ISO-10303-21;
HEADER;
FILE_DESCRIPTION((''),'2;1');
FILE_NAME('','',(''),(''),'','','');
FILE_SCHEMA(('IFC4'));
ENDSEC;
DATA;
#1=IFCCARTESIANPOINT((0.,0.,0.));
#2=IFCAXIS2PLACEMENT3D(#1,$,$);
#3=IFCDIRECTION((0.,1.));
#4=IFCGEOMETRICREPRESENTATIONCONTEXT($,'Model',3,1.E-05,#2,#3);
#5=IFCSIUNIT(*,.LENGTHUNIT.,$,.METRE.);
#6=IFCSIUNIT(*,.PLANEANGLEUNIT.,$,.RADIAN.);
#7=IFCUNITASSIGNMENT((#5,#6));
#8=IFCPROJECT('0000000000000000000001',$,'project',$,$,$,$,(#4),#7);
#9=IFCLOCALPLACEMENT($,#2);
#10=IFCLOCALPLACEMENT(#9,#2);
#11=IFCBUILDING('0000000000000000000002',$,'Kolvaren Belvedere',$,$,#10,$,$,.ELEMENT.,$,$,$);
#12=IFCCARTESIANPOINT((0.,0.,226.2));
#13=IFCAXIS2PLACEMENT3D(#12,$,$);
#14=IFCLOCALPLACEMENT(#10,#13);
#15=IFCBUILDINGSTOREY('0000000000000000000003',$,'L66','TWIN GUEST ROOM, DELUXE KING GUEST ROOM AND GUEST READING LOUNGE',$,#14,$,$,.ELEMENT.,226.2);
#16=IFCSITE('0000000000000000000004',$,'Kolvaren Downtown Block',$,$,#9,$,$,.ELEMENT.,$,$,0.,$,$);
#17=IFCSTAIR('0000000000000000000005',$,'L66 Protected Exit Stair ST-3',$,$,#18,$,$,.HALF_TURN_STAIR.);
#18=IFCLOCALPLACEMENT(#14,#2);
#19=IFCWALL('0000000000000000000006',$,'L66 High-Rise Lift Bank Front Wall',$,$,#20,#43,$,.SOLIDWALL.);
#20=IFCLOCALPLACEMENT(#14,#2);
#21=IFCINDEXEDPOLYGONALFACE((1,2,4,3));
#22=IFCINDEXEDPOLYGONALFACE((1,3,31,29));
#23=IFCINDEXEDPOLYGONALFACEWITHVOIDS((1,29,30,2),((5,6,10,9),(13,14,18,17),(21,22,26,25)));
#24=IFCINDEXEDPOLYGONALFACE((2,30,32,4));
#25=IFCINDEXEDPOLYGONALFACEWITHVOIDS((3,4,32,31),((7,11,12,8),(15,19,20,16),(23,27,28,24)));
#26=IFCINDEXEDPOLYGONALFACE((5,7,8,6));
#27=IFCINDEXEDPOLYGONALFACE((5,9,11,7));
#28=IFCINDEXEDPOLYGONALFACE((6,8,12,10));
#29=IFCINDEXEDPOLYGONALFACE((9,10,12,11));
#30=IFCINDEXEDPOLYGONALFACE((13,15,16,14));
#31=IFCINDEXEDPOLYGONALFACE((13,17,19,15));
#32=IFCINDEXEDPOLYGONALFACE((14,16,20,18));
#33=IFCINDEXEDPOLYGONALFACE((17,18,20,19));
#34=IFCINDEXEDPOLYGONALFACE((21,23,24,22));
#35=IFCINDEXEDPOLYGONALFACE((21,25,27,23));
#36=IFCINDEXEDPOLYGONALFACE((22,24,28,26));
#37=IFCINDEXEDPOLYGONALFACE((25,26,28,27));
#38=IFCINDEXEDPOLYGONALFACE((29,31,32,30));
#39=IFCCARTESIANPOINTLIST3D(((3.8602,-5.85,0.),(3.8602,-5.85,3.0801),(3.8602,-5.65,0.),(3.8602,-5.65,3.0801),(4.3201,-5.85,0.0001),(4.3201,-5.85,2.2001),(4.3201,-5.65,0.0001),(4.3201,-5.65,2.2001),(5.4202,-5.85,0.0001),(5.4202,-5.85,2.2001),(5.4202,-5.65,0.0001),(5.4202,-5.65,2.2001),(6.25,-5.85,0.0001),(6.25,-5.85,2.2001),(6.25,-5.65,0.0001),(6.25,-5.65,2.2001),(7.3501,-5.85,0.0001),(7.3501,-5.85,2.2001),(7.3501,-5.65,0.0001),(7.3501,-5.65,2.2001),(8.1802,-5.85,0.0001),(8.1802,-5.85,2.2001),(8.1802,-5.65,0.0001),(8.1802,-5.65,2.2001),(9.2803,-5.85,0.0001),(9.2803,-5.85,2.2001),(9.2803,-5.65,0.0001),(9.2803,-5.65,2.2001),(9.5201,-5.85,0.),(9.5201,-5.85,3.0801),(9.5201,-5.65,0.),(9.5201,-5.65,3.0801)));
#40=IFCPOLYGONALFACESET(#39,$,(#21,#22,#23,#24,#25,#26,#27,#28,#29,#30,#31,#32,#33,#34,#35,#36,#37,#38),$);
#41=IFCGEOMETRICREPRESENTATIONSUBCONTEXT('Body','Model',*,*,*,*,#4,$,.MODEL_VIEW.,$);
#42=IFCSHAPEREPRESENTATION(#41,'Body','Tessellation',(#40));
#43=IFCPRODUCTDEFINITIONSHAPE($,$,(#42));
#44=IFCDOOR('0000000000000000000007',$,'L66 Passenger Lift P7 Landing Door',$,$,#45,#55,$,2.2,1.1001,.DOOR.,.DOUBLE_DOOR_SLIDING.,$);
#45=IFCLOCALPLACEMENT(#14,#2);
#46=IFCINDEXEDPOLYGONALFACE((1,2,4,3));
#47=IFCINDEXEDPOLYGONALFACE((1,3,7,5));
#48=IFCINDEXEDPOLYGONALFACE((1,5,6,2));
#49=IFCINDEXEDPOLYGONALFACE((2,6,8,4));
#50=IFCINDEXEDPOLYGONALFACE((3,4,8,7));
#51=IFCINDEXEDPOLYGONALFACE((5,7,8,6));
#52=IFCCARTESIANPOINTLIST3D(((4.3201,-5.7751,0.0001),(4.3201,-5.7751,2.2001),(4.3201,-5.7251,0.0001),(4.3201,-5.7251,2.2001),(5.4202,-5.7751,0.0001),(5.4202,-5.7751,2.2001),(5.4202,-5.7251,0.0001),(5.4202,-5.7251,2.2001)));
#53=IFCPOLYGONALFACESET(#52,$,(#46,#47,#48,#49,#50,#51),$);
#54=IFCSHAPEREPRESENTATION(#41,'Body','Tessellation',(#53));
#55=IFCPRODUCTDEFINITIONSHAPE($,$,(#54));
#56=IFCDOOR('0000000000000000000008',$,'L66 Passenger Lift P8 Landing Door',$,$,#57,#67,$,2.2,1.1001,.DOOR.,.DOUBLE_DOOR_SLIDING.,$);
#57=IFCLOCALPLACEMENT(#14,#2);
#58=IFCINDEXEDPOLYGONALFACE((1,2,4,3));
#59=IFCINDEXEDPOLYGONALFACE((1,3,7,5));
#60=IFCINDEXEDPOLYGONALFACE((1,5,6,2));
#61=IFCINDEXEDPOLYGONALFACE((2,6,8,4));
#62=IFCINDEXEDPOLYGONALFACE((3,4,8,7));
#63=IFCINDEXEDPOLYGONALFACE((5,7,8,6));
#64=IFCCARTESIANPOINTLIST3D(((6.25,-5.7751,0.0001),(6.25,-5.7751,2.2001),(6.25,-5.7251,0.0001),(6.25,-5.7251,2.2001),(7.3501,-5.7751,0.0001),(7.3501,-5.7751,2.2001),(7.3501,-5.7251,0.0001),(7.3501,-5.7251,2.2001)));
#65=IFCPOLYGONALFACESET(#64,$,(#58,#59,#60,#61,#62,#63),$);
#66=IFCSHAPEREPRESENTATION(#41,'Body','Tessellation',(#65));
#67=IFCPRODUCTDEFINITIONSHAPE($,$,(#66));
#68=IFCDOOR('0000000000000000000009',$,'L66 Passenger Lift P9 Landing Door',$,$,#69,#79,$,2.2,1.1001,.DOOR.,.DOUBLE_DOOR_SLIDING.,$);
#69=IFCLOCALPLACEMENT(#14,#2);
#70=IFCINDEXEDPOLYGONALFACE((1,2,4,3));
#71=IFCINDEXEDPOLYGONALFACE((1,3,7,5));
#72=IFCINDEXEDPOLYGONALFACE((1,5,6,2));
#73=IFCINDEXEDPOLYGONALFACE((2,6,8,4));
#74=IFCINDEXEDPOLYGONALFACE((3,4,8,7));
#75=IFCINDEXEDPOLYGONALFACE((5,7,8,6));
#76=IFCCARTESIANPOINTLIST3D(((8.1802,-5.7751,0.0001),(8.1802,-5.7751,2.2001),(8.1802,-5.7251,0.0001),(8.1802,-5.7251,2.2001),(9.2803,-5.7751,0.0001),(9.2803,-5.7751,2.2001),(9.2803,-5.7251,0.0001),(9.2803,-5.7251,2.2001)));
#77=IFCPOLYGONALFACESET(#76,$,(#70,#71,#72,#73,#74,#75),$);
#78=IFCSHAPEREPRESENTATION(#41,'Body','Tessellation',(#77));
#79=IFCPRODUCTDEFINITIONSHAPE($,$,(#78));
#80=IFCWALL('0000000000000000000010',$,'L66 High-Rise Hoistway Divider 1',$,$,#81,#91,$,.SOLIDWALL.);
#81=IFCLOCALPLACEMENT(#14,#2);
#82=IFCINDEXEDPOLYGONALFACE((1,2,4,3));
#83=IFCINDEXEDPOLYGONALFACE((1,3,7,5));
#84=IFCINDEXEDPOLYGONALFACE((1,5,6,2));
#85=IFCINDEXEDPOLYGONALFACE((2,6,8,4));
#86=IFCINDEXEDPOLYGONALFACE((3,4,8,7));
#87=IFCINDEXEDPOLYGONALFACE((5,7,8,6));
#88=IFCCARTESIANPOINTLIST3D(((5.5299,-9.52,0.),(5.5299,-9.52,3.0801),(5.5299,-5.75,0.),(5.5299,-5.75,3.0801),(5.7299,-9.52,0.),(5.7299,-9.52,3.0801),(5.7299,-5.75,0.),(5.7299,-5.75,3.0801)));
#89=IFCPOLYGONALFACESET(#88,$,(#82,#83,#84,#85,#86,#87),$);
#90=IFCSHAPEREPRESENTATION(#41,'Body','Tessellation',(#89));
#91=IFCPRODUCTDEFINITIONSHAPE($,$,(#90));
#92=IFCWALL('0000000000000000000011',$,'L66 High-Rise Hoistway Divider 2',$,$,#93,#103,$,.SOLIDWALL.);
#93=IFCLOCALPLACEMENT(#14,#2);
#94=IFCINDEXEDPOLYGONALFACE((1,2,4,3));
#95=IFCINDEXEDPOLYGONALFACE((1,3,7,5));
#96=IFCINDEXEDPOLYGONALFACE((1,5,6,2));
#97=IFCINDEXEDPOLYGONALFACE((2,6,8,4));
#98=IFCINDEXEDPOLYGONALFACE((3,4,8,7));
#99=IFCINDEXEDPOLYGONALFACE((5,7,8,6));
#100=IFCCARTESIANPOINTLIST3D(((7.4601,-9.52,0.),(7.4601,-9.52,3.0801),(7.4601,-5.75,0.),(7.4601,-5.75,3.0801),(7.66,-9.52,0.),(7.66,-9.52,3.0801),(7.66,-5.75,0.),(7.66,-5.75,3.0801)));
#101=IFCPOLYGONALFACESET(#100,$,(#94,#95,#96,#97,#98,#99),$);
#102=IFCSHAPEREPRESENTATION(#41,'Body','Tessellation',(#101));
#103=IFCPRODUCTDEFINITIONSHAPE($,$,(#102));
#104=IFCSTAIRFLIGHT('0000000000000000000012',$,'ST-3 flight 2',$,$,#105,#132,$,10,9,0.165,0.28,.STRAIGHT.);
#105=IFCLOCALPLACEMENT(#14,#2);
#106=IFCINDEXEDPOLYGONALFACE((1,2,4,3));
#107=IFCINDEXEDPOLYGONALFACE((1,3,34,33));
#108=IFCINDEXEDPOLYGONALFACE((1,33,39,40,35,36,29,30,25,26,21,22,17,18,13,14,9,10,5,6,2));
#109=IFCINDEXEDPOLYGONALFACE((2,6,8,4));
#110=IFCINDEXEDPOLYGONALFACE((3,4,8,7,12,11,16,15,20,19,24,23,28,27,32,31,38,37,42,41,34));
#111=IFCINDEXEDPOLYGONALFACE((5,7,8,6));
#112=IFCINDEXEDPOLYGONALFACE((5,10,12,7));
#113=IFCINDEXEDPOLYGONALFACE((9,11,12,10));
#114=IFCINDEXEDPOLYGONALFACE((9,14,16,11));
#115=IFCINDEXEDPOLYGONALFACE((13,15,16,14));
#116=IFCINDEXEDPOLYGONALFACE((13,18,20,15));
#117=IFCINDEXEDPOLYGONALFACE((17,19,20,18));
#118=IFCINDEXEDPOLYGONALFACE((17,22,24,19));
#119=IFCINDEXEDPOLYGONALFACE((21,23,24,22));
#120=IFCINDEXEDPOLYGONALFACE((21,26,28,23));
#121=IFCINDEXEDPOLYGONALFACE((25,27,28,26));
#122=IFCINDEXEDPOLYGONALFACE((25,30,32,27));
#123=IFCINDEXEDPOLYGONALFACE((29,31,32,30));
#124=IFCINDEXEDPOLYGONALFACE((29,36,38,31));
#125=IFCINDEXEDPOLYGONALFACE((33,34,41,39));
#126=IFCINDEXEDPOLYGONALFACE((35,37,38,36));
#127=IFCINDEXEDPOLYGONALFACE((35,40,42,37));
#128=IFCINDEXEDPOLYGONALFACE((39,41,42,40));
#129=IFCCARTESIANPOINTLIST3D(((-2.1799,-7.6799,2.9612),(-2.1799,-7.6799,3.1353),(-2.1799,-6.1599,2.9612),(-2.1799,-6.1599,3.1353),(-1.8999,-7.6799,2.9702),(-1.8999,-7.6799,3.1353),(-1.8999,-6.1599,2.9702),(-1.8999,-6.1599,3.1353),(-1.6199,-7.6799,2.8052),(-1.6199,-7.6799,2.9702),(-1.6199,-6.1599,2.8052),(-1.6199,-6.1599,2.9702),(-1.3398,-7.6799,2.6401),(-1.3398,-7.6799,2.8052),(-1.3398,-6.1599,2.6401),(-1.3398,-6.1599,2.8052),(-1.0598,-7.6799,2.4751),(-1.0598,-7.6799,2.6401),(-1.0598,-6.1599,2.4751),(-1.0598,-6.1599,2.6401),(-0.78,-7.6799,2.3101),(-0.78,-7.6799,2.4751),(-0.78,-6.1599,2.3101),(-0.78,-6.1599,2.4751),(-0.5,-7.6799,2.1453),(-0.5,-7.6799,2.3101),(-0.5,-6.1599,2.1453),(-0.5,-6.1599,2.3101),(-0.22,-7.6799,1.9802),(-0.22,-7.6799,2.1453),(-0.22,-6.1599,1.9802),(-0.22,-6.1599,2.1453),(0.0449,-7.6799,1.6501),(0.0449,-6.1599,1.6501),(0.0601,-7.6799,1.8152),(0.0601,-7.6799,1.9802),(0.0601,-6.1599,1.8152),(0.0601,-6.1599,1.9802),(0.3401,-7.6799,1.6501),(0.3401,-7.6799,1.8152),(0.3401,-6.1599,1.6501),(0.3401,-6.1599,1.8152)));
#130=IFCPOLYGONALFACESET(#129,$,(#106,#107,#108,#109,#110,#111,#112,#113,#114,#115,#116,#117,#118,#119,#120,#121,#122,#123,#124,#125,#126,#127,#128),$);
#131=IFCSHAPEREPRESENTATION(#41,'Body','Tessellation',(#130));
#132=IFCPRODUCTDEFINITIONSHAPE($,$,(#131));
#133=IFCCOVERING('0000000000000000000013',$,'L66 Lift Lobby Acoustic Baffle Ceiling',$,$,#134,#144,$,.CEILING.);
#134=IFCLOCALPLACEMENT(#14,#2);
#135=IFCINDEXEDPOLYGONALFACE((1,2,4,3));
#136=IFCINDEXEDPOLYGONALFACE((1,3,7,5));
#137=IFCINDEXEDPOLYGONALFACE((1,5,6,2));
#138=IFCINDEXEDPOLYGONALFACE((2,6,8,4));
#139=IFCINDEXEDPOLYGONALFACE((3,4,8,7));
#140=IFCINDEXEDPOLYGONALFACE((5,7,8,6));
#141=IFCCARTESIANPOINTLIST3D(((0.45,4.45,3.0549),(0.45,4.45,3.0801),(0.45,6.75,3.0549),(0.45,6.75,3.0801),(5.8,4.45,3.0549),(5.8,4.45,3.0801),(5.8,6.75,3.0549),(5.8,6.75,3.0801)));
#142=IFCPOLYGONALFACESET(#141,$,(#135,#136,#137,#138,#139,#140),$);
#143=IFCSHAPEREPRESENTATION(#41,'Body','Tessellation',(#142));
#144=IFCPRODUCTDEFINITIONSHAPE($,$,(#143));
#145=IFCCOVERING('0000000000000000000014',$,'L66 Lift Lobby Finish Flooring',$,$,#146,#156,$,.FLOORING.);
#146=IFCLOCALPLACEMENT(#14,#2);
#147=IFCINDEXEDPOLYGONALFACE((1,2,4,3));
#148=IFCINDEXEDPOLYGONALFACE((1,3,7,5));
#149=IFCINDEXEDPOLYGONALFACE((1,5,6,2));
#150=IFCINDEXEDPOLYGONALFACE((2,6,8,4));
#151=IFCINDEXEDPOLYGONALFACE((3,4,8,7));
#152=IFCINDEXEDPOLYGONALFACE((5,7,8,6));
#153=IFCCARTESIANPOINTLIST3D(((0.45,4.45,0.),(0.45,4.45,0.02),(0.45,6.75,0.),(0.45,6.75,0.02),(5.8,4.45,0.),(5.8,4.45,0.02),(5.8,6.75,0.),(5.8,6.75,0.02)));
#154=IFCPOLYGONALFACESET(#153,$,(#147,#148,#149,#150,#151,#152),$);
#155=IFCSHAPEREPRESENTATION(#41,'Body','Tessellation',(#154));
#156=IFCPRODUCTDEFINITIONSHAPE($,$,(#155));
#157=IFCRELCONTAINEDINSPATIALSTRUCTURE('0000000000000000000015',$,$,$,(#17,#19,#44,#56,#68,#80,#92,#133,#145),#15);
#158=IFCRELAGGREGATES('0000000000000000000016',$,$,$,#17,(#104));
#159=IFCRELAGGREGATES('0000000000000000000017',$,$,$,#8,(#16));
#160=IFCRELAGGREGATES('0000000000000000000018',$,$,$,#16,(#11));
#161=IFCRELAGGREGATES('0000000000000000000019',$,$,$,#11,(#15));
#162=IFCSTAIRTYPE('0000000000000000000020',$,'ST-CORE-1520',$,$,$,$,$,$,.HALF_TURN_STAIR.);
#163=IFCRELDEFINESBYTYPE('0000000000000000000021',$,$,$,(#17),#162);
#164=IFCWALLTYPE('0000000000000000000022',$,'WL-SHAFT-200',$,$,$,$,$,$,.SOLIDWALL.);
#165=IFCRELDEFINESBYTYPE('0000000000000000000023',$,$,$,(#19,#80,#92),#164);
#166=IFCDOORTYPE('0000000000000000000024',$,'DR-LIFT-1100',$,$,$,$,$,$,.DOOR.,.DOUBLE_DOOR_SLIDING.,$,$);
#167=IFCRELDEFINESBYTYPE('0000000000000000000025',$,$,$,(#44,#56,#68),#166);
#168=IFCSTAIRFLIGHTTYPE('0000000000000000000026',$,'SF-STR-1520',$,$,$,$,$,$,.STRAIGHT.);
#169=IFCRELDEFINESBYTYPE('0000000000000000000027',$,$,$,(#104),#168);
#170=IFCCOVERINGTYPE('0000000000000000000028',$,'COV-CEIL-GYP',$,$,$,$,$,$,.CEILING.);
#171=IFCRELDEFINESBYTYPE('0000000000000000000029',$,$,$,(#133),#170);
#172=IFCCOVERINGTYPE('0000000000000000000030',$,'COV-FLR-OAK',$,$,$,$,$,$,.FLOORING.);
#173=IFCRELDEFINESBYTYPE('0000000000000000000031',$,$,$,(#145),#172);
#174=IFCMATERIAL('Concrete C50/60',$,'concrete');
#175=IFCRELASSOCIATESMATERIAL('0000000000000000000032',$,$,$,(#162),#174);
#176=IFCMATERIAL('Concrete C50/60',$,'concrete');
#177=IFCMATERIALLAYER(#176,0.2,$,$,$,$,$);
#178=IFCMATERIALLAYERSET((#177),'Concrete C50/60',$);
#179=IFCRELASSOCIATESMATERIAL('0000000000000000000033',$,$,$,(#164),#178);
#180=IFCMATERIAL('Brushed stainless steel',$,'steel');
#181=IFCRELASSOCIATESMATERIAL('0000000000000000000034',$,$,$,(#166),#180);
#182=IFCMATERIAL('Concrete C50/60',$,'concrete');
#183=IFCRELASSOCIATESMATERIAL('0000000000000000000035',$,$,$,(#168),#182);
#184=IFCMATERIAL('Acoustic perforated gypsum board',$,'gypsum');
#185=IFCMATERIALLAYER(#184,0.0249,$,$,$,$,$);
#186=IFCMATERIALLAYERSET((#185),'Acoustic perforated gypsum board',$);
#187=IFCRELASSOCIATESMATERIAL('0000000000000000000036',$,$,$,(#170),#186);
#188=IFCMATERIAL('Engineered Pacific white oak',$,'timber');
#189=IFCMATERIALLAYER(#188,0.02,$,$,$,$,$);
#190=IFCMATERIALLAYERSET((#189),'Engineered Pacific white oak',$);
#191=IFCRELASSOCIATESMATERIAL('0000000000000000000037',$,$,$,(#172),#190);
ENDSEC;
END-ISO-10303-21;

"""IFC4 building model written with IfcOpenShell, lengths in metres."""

from ifc_helpers import new_model, si_unit, direction, frame, frame_2d, origin, place, context, subcontext, project, spatial, polyline, rectangle, outline, extrude, material, layer, layer_set, type_object, element, fill, aggregate, save


model = new_model("IFC4")

# Units and contexts
model_context = context("Model", 3, precision=1e-05, world=origin(), true_north=direction((0.0, 1.0)))
body_context = subcontext(model_context, "Body", "Model", "MODEL_VIEW")
ifc_project = project(units=[si_unit("LENGTHUNIT", "METRE"), si_unit("PLANEANGLEUNIT", "RADIAN")], contexts=[model_context])

# Site, building, storey
site_placement = place(None, origin())
site = spatial("IfcSite", under=ifc_project, at=site_placement, Name="Kolvaren Downtown Block", CompositionType="ELEMENT", RefElevation=0.0)
building_placement = place(site_placement, origin())
building = spatial("IfcBuilding", under=site, at=building_placement, Name="Kolvaren Belvedere", CompositionType="ELEMENT")
storey_placement = place(building_placement, frame((0.0, 0.0, 226.2)))
storey = spatial("IfcBuildingStorey", under=building, at=storey_placement, Name="L66", Description="TWIN GUEST ROOM, DELUXE KING GUEST ROOM AND GUEST READING LOUNGE", CompositionType="ELEMENT", Elevation=226.2)

# Stair
ifc_material_1 = material(Name="Concrete C50/60", Category="concrete")
stair_type = type_object("IfcStairType", Name="ST-CORE-1520", PredefinedType="HALF_TURN_STAIR", material=ifc_material_1)
stair_1_placement = place(storey_placement, origin())
stair_1 = element("IfcStair", 1, at=stair_1_placement, inside=storey, type_object=stair_type, Name="L66 Protected Exit Stair ST-3", PredefinedType="HALF_TURN_STAIR")

# Shared definitions
ifc_material_2 = material(Name="Concrete C50/60", Category="concrete")
ifc_layer_1 = layer(ifc_material_2, 0.2)
ifc_layer_set_1 = layer_set([ifc_layer_1], Name="Concrete C50/60")
wall_type_1 = type_object("IfcWallType", Name="WL-SHAFT-200", PredefinedType="SOLIDWALL", material=ifc_layer_set_1)
ifc_material_3 = material(Name="Brushed stainless steel", Category="steel")
door_type_1 = type_object("IfcDoorType", Name="DR-LIFT-1100", OperationType="DOUBLE_DOOR_SLIDING", PredefinedType="DOOR", material=ifc_material_3)

# Wall, openings, doors
wall_1_placement = place(storey_placement, frame((3.8601, -5.75, 0.0), z_axis=(0.0, 0.0, 1.0), x_axis=(1.0, 0.0, 0.0)))
wall_1 = element("IfcWall", 2, at=wall_1_placement, inside=storey, type_object=wall_type_1, Name="L66 High-Rise Lift Bank Front Wall", PredefinedType="SOLIDWALL", context=body_context, shape_type="SweptSolid", body=[
    extrude(rectangle(XDim=5.6599, YDim=0.2, at=frame_2d((2.8301, 0.0))), origin(), (0.0, 0.0, 1.0), 3.0801),
])
opening_1_placement = place(wall_1_placement, frame((0.46, 0.0, 0.0)))
opening_1 = element("IfcOpeningElement", 3, at=opening_1_placement, cuts=wall_1, PredefinedType="OPENING", context=body_context, shape_type="SweptSolid", body=[
    extrude(rectangle(XDim=1.1001, YDim=2.2, at=frame_2d((0.55, 1.1001))), frame((0.0, 0.1099, 0.0), z_axis=(0.0, -1.0, 0.0), x_axis=(1.0, 0.0, 0.0)), (0.0, 0.0, 1.0), 0.22),
])
opening_2_placement = place(wall_1_placement, frame((2.3899, 0.0, 0.0)))
opening_2 = element("IfcOpeningElement", 4, at=opening_2_placement, cuts=wall_1, PredefinedType="OPENING", context=body_context, shape_type="SweptSolid", body=[
    extrude(rectangle(XDim=1.1001, YDim=2.2, at=frame_2d((0.55, 1.1001))), frame((0.0, 0.1099, 0.0), z_axis=(0.0, -1.0, 0.0), x_axis=(1.0, 0.0, 0.0)), (0.0, 0.0, 1.0), 0.22),
])
opening_3_placement = place(wall_1_placement, frame((4.3201, 0.0, 0.0)))
opening_3 = element("IfcOpeningElement", 5, at=opening_3_placement, cuts=wall_1, PredefinedType="OPENING", context=body_context, shape_type="SweptSolid", body=[
    extrude(rectangle(XDim=1.1001, YDim=2.2, at=frame_2d((0.55, 1.1001))), frame((0.0, 0.1099, 0.0), z_axis=(0.0, -1.0, 0.0), x_axis=(1.0, 0.0, 0.0)), (0.0, 0.0, 1.0), 0.22),
])
door_1_placement = place(opening_1_placement, origin())
door_1 = element("IfcDoor", 6, at=door_1_placement, inside=storey, type_object=door_type_1, Name="L66 Passenger Lift P7 Landing Door", OperationType="DOUBLE_DOOR_SLIDING", OverallHeight=2.2, OverallWidth=1.1001, PredefinedType="DOOR", context=body_context, shape_type="SweptSolid", body=[
    extrude(rectangle(XDim=1.1001, YDim=2.2, at=frame_2d((0.55, 1.1001))), frame((0.0, 0.0249, 0.0), z_axis=(0.0, -1.0, 0.0), x_axis=(1.0, 0.0, 0.0)), (0.0, 0.0, 1.0), 0.05),
])
fill(opening_1, door_1)
door_2_placement = place(opening_2_placement, origin())
door_2 = element("IfcDoor", 7, at=door_2_placement, inside=storey, type_object=door_type_1, Name="L66 Passenger Lift P8 Landing Door", OperationType="DOUBLE_DOOR_SLIDING", OverallHeight=2.2, OverallWidth=1.1001, PredefinedType="DOOR", context=body_context, shape_type="SweptSolid", body=[
    extrude(rectangle(XDim=1.1001, YDim=2.2, at=frame_2d((0.55, 1.1001))), frame((0.0, 0.0249, 0.0), z_axis=(0.0, -1.0, 0.0), x_axis=(1.0, 0.0, 0.0)), (0.0, 0.0, 1.0), 0.05),
])
fill(opening_2, door_2)
door_3_placement = place(opening_3_placement, origin())
door_3 = element("IfcDoor", 8, at=door_3_placement, inside=storey, type_object=door_type_1, Name="L66 Passenger Lift P9 Landing Door", OperationType="DOUBLE_DOOR_SLIDING", OverallHeight=2.2, OverallWidth=1.1001, PredefinedType="DOOR", context=body_context, shape_type="SweptSolid", body=[
    extrude(rectangle(XDim=1.1001, YDim=2.2, at=frame_2d((0.55, 1.1001))), frame((0.0, 0.0249, 0.0), z_axis=(0.0, -1.0, 0.0), x_axis=(1.0, 0.0, 0.0)), (0.0, 0.0, 1.0), 0.05),
])
fill(opening_3, door_3)

# Walls
for number, where, z_axis, x_axis, name in (
    (9, (5.6299, -9.52, 0.0), (0.0, 0.0, 1.0), (0.0, 1.0, 0.0), "L66 High-Rise Hoistway Divider 1"),
    (10, (7.5601, -9.52, 0.0), (0.0, 0.0, 1.0), (0.0, 1.0, 0.0), "L66 High-Rise Hoistway Divider 2"),
):
    element("IfcWall", number, at=place(storey_placement, frame(where, z_axis=z_axis, x_axis=x_axis)), inside=storey, type_object=wall_type_1, Name=name, PredefinedType="SOLIDWALL", context=body_context, shape_type="SweptSolid", body=[
        extrude(rectangle(XDim=3.77, YDim=0.2, at=frame_2d((1.885, 0.0))), origin(), (0.0, 0.0, 1.0), 3.0801),
    ])

# Stair flight
ifc_material_4 = material(Name="Concrete C50/60", Category="concrete")
stair_flight_type = type_object("IfcStairFlightType", Name="SF-STR-1520", PredefinedType="STRAIGHT", material=ifc_material_4)
stair_flight_placement = place(storey_placement, frame((0.3401, -6.9199, 1.6501), z_axis=(0.0, 0.0, 1.0), x_axis=(-1.0, 0.0, 0.0)))
stair_flight = element("IfcStairFlight", 11, at=stair_flight_placement, type_object=stair_flight_type, Name="ST-3 flight 2", NumberOfRisers=10, NumberOfTreads=9, PredefinedType="STRAIGHT", RiserHeight=0.165, TreadLength=0.28, context=body_context, shape_type="SweptSolid", body=[
    extrude(outline(polyline([(0.0, 0.0), (0.0, 0.165), (0.28, 0.165), (0.28, 0.3301), (0.5601, 0.3301), (0.5601, 0.4951), (0.8401, 0.4951), (0.8401, 0.6599), (1.1201, 0.6599), (1.1201, 0.825), (1.3999, 0.825), (1.3999, 0.99), (1.6799, 0.99), (1.6799, 1.155), (1.96, 1.155), (1.96, 1.3201), (2.24, 1.3201), (2.24, 1.4851), (2.52, 1.4851), (2.52, 1.6499), (2.52, 1.311), (0.2952, 0.0), (0.0, 0.0)])), frame((0.0, 0.76, 0.0), z_axis=(0.0, -1.0, 0.0), x_axis=(1.0, 0.0, 0.0)), (0.0, 0.0, 1.0), 1.52),
])
aggregate(stair_1, [stair_flight])

# Coverings
ifc_material_5 = material(Name="Acoustic perforated gypsum board", Category="gypsum")
ifc_layer_2 = layer(ifc_material_5, 0.0249)
ifc_layer_set_2 = layer_set([ifc_layer_2], Name="Acoustic perforated gypsum board")
covering_type_1 = type_object("IfcCoveringType", Name="COV-CEIL-GYP", PredefinedType="CEILING", material=ifc_layer_set_2)
covering_1_placement = place(storey_placement, frame((0.0, 0.0, 3.0549)))
element("IfcCovering", 12, at=covering_1_placement, inside=storey, type_object=covering_type_1, Name="L66 Lift Lobby Acoustic Baffle Ceiling", PredefinedType="CEILING", context=body_context, shape_type="SweptSolid", body=[
    extrude(outline(polyline([(0.45, 4.45), (5.8, 4.45), (5.8, 6.75), (0.45, 6.75), (0.45, 4.45)])), origin(), (0.0, 0.0, 1.0), 0.0251),
])
ifc_material_6 = material(Name="Engineered Pacific white oak", Category="timber")
ifc_layer_3 = layer(ifc_material_6, 0.02)
ifc_layer_set_3 = layer_set([ifc_layer_3], Name="Engineered Pacific white oak")
covering_type_2 = type_object("IfcCoveringType", Name="COV-FLR-OAK", PredefinedType="FLOORING", material=ifc_layer_set_3)
covering_2_placement = place(storey_placement, origin())
element("IfcCovering", 13, at=covering_2_placement, inside=storey, type_object=covering_type_2, Name="L66 Lift Lobby Finish Flooring", PredefinedType="FLOORING", context=body_context, shape_type="SweptSolid", body=[
    extrude(outline(polyline([(0.45, 4.45), (5.8, 4.45), (5.8, 6.75), (0.45, 6.75), (0.45, 4.45)])), origin(), (0.0, 0.0, 1.0), 0.02),
])

save(model, "model.ifc")
